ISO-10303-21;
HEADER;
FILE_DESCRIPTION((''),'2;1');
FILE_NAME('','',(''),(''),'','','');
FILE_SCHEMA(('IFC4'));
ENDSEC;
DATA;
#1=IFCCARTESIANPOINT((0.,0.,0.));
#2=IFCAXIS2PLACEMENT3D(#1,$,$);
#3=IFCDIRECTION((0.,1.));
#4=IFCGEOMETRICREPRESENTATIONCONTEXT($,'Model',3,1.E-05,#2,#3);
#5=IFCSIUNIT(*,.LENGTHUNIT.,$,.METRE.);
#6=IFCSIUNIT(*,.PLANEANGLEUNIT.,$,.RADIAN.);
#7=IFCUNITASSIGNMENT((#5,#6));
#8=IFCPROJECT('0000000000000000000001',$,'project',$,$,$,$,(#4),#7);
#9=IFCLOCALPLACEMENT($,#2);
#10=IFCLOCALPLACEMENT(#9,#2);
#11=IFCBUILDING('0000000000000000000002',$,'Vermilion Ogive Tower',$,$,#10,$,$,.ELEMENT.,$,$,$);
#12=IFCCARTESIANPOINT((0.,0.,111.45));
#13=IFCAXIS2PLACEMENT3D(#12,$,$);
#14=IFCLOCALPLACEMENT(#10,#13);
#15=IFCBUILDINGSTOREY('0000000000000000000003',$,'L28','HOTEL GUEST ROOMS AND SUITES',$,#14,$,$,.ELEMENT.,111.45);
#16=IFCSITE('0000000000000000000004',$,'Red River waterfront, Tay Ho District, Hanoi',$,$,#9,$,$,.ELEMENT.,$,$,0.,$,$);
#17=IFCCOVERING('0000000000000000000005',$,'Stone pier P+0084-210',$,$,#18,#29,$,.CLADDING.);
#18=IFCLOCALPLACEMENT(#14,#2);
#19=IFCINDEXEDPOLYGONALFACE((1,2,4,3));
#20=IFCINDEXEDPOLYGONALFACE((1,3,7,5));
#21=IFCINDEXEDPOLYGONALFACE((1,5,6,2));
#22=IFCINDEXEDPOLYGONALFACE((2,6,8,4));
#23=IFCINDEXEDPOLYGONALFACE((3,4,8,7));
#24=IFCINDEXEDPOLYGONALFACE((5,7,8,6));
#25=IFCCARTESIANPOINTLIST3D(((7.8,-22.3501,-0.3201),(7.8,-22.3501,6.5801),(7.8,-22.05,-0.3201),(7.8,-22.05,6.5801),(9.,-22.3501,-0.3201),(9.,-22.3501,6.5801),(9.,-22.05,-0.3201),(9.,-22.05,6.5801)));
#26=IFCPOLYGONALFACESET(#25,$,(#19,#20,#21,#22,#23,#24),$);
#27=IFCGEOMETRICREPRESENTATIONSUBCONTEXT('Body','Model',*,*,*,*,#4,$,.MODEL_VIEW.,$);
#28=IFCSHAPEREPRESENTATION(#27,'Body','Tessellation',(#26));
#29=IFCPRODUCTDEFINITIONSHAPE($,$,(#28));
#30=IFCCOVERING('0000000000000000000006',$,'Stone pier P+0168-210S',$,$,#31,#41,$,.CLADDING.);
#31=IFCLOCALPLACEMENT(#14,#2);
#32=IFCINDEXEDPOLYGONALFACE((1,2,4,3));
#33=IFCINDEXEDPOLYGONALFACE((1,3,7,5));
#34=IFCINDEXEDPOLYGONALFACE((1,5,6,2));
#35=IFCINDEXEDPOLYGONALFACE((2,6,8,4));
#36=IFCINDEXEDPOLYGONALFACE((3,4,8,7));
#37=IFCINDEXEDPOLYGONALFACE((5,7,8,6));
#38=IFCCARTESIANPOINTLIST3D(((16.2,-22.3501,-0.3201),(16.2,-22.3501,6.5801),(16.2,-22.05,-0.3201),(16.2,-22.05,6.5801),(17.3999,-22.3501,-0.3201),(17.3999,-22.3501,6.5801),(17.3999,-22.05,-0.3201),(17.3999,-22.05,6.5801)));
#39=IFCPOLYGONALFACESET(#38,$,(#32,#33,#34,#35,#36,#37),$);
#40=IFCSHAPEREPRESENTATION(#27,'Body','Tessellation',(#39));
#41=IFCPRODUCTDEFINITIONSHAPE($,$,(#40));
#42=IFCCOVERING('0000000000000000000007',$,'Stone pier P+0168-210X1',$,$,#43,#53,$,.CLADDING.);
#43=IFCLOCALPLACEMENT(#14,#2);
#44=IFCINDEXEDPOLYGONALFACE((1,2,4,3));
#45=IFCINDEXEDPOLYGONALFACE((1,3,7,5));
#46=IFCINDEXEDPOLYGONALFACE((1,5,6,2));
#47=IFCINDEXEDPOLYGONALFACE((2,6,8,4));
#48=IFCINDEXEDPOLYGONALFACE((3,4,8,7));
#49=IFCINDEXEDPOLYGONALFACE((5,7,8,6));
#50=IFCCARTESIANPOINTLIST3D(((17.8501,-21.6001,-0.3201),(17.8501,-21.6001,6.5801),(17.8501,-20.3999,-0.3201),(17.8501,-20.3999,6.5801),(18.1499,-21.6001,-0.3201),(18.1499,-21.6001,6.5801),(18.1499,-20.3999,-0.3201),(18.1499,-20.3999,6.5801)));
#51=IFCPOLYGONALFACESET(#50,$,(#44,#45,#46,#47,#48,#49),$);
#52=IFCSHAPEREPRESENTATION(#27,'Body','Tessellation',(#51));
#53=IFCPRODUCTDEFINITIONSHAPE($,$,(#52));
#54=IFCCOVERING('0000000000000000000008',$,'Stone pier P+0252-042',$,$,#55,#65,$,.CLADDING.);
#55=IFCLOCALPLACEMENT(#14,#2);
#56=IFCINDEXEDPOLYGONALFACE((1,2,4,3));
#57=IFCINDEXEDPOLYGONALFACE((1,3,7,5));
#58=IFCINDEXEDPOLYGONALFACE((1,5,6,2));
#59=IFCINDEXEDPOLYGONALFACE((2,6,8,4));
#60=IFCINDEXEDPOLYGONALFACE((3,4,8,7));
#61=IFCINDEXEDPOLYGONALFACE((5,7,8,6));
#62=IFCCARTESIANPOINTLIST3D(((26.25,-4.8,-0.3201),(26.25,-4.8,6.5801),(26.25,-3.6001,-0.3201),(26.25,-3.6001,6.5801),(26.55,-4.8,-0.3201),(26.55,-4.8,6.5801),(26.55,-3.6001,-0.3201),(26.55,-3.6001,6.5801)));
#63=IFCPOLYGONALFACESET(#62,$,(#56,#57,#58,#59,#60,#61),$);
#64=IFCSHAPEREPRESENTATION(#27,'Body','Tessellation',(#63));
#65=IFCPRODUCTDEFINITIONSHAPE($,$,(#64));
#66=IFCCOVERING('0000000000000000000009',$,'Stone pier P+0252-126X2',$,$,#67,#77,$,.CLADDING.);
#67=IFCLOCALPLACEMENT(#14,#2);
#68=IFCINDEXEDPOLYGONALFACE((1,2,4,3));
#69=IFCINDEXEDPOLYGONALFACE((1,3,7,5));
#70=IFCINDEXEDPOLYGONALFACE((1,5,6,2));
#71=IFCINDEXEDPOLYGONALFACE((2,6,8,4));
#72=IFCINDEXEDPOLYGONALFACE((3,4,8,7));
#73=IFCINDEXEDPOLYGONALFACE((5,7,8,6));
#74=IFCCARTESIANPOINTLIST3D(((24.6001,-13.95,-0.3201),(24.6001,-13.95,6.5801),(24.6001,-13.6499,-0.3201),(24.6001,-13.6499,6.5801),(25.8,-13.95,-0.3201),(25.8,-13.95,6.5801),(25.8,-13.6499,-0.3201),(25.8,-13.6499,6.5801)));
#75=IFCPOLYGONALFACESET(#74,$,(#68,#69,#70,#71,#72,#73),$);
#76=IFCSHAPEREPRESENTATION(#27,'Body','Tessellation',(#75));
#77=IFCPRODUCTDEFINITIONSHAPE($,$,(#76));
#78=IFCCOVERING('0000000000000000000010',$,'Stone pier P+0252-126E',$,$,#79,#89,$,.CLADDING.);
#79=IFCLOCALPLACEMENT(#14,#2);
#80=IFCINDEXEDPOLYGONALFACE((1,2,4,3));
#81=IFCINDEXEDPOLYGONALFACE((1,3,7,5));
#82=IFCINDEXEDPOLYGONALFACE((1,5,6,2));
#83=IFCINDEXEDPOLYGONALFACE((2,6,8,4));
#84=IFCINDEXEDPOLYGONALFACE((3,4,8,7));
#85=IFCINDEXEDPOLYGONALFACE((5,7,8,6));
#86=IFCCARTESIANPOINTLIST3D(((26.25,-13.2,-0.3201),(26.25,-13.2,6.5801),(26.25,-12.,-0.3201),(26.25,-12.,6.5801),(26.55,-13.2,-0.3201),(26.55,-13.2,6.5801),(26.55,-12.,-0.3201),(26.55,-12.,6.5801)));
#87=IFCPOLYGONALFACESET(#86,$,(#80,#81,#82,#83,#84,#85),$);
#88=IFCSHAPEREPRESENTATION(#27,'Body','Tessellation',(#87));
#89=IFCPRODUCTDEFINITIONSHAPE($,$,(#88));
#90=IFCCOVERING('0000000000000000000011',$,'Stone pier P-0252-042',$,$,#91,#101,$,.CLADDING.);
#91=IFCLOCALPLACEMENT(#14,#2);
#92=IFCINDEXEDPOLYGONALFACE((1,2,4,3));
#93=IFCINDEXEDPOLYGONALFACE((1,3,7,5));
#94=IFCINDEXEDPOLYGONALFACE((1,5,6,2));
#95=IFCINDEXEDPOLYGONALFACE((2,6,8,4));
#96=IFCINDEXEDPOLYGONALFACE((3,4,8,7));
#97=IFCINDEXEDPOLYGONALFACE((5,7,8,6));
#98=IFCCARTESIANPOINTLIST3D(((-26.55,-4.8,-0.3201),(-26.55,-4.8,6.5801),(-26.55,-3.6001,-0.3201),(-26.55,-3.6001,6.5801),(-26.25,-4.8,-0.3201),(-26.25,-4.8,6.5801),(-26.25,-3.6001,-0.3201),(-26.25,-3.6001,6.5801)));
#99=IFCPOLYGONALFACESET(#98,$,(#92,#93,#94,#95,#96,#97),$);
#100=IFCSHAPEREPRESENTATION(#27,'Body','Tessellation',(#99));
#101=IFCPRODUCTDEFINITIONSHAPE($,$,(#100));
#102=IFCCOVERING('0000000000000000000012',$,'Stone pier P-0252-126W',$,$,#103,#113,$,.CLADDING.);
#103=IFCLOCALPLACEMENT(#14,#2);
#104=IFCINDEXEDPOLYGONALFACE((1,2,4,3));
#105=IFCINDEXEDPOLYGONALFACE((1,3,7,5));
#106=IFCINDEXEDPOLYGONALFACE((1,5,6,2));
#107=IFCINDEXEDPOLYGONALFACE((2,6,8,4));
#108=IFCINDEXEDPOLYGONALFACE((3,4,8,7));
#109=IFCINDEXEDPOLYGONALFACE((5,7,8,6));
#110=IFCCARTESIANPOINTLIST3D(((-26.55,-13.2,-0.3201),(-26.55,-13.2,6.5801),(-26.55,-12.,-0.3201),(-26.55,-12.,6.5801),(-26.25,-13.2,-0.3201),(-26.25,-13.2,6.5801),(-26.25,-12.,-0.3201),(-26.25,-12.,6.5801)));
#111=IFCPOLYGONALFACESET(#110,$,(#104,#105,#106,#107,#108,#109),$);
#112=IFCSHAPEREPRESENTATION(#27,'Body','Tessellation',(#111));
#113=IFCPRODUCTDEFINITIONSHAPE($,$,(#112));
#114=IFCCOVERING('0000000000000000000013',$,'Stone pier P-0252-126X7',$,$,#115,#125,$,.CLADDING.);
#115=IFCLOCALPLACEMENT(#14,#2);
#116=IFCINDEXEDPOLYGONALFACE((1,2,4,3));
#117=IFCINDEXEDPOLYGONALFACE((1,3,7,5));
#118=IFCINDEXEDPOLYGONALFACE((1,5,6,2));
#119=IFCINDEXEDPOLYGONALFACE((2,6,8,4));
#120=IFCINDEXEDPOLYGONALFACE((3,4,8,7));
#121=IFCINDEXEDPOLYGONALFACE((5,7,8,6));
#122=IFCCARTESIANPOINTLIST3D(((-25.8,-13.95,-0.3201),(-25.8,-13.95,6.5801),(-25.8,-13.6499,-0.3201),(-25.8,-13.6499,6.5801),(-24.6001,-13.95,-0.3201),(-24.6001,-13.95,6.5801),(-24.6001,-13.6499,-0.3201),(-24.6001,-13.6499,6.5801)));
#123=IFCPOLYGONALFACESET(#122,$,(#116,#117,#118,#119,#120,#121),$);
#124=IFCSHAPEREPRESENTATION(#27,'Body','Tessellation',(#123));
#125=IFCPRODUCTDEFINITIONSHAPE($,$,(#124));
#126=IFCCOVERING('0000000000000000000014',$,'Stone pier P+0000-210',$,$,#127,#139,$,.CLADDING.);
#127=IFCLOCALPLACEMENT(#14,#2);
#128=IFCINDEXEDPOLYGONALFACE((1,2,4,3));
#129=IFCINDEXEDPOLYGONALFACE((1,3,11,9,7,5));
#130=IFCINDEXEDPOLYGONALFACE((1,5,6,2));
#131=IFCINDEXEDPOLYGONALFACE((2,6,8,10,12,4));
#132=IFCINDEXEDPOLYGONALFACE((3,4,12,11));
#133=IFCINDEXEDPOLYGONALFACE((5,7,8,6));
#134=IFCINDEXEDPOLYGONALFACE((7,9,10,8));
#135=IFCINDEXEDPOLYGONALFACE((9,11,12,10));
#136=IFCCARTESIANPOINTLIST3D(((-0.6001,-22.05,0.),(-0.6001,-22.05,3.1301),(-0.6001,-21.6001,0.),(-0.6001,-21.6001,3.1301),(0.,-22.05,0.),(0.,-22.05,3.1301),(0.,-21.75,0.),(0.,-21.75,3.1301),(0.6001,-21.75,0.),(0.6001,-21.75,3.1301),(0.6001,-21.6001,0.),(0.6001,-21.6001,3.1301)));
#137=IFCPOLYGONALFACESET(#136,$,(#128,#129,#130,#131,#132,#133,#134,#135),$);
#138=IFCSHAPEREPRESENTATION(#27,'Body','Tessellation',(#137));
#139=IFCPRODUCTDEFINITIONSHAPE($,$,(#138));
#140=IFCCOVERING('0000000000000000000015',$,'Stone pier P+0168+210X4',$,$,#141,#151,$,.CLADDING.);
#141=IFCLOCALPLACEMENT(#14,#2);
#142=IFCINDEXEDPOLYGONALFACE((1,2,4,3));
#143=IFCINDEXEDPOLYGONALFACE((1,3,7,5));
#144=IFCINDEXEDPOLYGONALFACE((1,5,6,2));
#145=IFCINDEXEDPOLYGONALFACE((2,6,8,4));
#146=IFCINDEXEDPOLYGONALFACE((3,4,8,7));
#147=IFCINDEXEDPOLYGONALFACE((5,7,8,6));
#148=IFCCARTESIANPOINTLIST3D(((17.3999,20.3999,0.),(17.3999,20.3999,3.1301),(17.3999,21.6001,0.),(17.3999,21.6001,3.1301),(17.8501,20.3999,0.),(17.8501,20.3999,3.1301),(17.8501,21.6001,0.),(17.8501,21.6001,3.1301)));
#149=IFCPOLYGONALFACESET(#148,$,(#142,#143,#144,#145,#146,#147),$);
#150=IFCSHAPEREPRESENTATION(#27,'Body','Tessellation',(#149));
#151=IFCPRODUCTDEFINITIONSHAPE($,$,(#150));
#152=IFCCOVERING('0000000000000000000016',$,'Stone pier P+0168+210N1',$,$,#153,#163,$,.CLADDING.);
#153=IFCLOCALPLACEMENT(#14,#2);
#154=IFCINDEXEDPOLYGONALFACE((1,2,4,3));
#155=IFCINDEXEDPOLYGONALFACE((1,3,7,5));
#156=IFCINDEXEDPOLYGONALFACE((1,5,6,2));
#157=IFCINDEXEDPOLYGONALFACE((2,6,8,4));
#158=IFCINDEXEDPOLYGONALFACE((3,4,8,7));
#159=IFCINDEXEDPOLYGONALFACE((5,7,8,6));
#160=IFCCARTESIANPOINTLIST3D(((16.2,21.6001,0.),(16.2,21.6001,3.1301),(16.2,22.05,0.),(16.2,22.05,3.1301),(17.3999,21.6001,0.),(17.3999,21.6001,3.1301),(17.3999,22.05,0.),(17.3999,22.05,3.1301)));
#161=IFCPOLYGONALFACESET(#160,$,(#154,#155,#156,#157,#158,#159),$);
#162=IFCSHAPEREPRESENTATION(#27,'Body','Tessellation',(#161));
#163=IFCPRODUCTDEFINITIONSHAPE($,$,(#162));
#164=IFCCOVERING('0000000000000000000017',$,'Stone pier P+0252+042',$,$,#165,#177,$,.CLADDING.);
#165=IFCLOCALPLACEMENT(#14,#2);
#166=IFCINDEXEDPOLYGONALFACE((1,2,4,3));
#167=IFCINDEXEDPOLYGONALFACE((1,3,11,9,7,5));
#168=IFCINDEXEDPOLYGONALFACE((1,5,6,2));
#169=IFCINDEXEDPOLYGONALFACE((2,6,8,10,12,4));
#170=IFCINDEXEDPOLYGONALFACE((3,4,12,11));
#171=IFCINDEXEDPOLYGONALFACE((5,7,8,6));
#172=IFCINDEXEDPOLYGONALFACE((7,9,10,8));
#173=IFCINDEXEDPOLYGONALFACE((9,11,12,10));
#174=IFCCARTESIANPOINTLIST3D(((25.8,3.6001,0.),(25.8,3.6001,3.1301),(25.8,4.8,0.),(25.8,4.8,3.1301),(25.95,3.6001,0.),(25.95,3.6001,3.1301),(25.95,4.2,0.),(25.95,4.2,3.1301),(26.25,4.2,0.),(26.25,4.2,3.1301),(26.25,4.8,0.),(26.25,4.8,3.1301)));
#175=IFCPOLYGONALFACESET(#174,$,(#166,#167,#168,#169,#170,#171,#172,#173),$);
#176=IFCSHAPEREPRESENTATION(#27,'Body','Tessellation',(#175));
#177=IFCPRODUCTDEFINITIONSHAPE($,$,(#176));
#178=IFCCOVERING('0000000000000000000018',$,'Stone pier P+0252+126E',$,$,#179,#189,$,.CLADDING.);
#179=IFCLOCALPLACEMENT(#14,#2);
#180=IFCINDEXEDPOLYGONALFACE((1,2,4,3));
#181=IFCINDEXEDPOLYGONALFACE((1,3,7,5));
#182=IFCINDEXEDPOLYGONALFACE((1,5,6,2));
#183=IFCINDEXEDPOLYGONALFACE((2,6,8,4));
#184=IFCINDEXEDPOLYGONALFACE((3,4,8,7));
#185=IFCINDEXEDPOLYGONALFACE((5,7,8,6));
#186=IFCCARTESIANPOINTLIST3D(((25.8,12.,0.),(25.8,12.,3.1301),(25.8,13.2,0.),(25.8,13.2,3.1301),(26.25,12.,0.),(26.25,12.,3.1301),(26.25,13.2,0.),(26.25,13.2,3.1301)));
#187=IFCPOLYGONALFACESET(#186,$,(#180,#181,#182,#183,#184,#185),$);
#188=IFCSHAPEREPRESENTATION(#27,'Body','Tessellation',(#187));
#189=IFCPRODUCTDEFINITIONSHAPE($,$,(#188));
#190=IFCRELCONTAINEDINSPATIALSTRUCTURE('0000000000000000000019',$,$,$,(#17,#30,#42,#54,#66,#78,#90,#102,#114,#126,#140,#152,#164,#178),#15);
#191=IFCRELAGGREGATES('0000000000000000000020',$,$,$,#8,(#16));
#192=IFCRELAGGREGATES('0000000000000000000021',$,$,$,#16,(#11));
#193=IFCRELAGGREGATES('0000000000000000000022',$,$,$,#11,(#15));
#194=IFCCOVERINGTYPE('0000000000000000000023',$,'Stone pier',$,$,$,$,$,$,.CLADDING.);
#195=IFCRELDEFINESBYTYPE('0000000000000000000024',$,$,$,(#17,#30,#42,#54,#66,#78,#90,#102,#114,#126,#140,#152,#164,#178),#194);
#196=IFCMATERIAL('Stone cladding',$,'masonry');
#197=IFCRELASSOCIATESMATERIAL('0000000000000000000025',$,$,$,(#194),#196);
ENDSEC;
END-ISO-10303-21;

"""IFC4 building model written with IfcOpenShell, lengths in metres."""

from ifc_helpers import new_model, si_unit, direction, frame, origin, place, context, subcontext, project, spatial, polyline, outline, extrude, material, type_object, element, save


model = new_model("IFC4")

# Units and contexts
model_context = context("Model", 3, precision=1e-05, world=origin(), true_north=direction((0.0, 1.0)))
body_context = subcontext(model_context, "Body", "Model", "MODEL_VIEW")
ifc_project = project(units=[si_unit("LENGTHUNIT", "METRE"), si_unit("PLANEANGLEUNIT", "RADIAN")], contexts=[model_context])

# Site, building, storey
site_placement = place(None, origin())
site = spatial("IfcSite", under=ifc_project, at=site_placement, Name="Red River waterfront, Tay Ho District, Hanoi", CompositionType="ELEMENT", RefElevation=0.0)
building_placement = place(site_placement, origin())
building = spatial("IfcBuilding", under=site, at=building_placement, Name="Vermilion Ogive Tower", CompositionType="ELEMENT")
storey_placement = place(building_placement, frame((0.0, 0.0, 111.45)))
storey = spatial("IfcBuildingStorey", under=building, at=storey_placement, Name="L28", Description="HOTEL GUEST ROOMS AND SUITES", CompositionType="ELEMENT", Elevation=111.45)

# Coverings
ifc_material = material(Name="Stone cladding", Category="masonry")
covering_type = type_object("IfcCoveringType", Name="Stone pier", PredefinedType="CLADDING", material=ifc_material)
covering_1_placement = place(storey_placement, frame((0.0, 0.0, -0.3201)))
element("IfcCovering", 1, at=covering_1_placement, inside=storey, type_object=covering_type, Name="Stone pier P+0084-210", PredefinedType="CLADDING", context=body_context, shape_type="SweptSolid", body=[
    extrude(outline(polyline([(9.0, -22.3501), (7.8, -22.3501), (7.8, -22.05), (9.0, -22.05), (9.0, -22.3501)])), origin(), (0.0, 0.0, 1.0), 6.9001),
])
covering_2_placement = place(storey_placement, frame((0.0, 0.0, -0.3201)))
element("IfcCovering", 2, at=covering_2_placement, inside=storey, type_object=covering_type, Name="Stone pier P+0168-210S", PredefinedType="CLADDING", context=body_context, shape_type="SweptSolid", body=[
    extrude(outline(polyline([(17.3999, -22.3501), (16.2, -22.3501), (16.2, -22.05), (17.3999, -22.05), (17.3999, -22.3501)])), origin(), (0.0, 0.0, 1.0), 6.9001),
])
covering_3_placement = place(storey_placement, frame((0.0, 0.0, -0.3201)))
element("IfcCovering", 3, at=covering_3_placement, inside=storey, type_object=covering_type, Name="Stone pier P+0168-210X1", PredefinedType="CLADDING", context=body_context, shape_type="SweptSolid", body=[
    extrude(outline(polyline([(18.1499, -21.6001), (17.8501, -21.6001), (17.8501, -20.3999), (18.1499, -20.3999), (18.1499, -21.6001)])), origin(), (0.0, 0.0, 1.0), 6.9001),
])
covering_4_placement = place(storey_placement, frame((0.0, 0.0, -0.3201)))
element("IfcCovering", 4, at=covering_4_placement, inside=storey, type_object=covering_type, Name="Stone pier P+0252-042", PredefinedType="CLADDING", context=body_context, shape_type="SweptSolid", body=[
    extrude(outline(polyline([(26.55, -3.6001), (26.55, -4.8), (26.25, -4.8), (26.25, -3.6001), (26.55, -3.6001)])), origin(), (0.0, 0.0, 1.0), 6.9001),
])
covering_5_placement = place(storey_placement, frame((0.0, 0.0, -0.3201)))
element("IfcCovering", 5, at=covering_5_placement, inside=storey, type_object=covering_type, Name="Stone pier P+0252-126X2", PredefinedType="CLADDING", context=body_context, shape_type="SweptSolid", body=[
    extrude(outline(polyline([(25.8, -13.95), (24.6001, -13.95), (24.6001, -13.6499), (25.8, -13.6499), (25.8, -13.95)])), origin(), (0.0, 0.0, 1.0), 6.9001),
])
covering_6_placement = place(storey_placement, frame((0.0, 0.0, -0.3201)))
element("IfcCovering", 6, at=covering_6_placement, inside=storey, type_object=covering_type, Name="Stone pier P+0252-126E", PredefinedType="CLADDING", context=body_context, shape_type="SweptSolid", body=[
    extrude(outline(polyline([(26.55, -13.2), (26.25, -13.2), (26.25, -12.0), (26.55, -12.0), (26.55, -13.2)])), origin(), (0.0, 0.0, 1.0), 6.9001),
])
covering_7_placement = place(storey_placement, frame((0.0, 0.0, -0.3201)))
element("IfcCovering", 7, at=covering_7_placement, inside=storey, type_object=covering_type, Name="Stone pier P-0252-042", PredefinedType="CLADDING", context=body_context, shape_type="SweptSolid", body=[
    extrude(outline(polyline([(-26.55, -4.8), (-26.55, -3.6001), (-26.25, -3.6001), (-26.25, -4.8), (-26.55, -4.8)])), origin(), (0.0, 0.0, 1.0), 6.9001),
])
covering_8_placement = place(storey_placement, frame((0.0, 0.0, -0.3201)))
element("IfcCovering", 8, at=covering_8_placement, inside=storey, type_object=covering_type, Name="Stone pier P-0252-126W", PredefinedType="CLADDING", context=body_context, shape_type="SweptSolid", body=[
    extrude(outline(polyline([(-26.55, -13.2), (-26.55, -12.0), (-26.25, -12.0), (-26.25, -13.2), (-26.55, -13.2)])), origin(), (0.0, 0.0, 1.0), 6.9001),
])
covering_9_placement = place(storey_placement, frame((0.0, 0.0, -0.3201)))
element("IfcCovering", 9, at=covering_9_placement, inside=storey, type_object=covering_type, Name="Stone pier P-0252-126X7", PredefinedType="CLADDING", context=body_context, shape_type="SweptSolid", body=[
    extrude(outline(polyline([(-25.8, -13.95), (-25.8, -13.6499), (-24.6001, -13.6499), (-24.6001, -13.95), (-25.8, -13.95)])), origin(), (0.0, 0.0, 1.0), 6.9001),
])
covering_10_placement = place(storey_placement, origin())
element("IfcCovering", 10, at=covering_10_placement, inside=storey, type_object=covering_type, Name="Stone pier P+0000-210", PredefinedType="CLADDING", context=body_context, shape_type="SweptSolid", body=[
    extrude(outline(polyline([(0.6001, -21.6001), (0.6001, -21.6001), (0.6001, -22.05), (0.6001, -22.05), (0.6001, -21.75), (0.0, -21.75), (0.0, -22.05), (-0.6001, -22.05), (-0.6001, -21.6001), (-0.6001, -21.6001), (0.6001, -21.6001)])), origin(), (0.0, 0.0, 1.0), 3.1301),
])
covering_11_placement = place(storey_placement, origin())
element("IfcCovering", 11, at=covering_11_placement, inside=storey, type_object=covering_type, Name="Stone pier P+0168+210X4", PredefinedType="CLADDING", context=body_context, shape_type="SweptSolid", body=[
    extrude(outline(polyline([(17.8501, 21.6001), (17.8501, 20.3999), (17.3999, 20.3999), (17.3999, 21.6001), (17.8501, 21.6001)])), origin(), (0.0, 0.0, 1.0), 3.1301),
])
covering_12_placement = place(storey_placement, origin())
element("IfcCovering", 12, at=covering_12_placement, inside=storey, type_object=covering_type, Name="Stone pier P+0168+210N1", PredefinedType="CLADDING", context=body_context, shape_type="SweptSolid", body=[
    extrude(outline(polyline([(17.3999, 22.05), (17.3999, 21.6001), (16.2, 21.6001), (16.2, 22.05), (17.3999, 22.05)])), origin(), (0.0, 0.0, 1.0), 3.1301),
])
covering_13_placement = place(storey_placement, origin())
element("IfcCovering", 13, at=covering_13_placement, inside=storey, type_object=covering_type, Name="Stone pier P+0252+042", PredefinedType="CLADDING", context=body_context, shape_type="SweptSolid", body=[
    extrude(outline(polyline([(25.8, 4.8), (25.8, 4.8), (26.25, 4.8), (26.25, 4.2), (25.95, 4.2), (25.95, 3.6001), (26.25, 3.6001), (26.25, 3.6001), (25.8, 3.6001), (25.8, 3.6001), (25.8, 4.8)])), origin(), (0.0, 0.0, 1.0), 3.1301),
])
covering_14_placement = place(storey_placement, origin())
element("IfcCovering", 14, at=covering_14_placement, inside=storey, type_object=covering_type, Name="Stone pier P+0252+126E", PredefinedType="CLADDING", context=body_context, shape_type="SweptSolid", body=[
    extrude(outline(polyline([(25.8, 13.2), (25.8, 13.2), (26.25, 13.2), (26.25, 12.0), (25.8, 12.0), (25.8, 12.0), (25.8, 13.2)])), origin(), (0.0, 0.0, 1.0), 3.1301),
])

save(model, "model.ifc")
